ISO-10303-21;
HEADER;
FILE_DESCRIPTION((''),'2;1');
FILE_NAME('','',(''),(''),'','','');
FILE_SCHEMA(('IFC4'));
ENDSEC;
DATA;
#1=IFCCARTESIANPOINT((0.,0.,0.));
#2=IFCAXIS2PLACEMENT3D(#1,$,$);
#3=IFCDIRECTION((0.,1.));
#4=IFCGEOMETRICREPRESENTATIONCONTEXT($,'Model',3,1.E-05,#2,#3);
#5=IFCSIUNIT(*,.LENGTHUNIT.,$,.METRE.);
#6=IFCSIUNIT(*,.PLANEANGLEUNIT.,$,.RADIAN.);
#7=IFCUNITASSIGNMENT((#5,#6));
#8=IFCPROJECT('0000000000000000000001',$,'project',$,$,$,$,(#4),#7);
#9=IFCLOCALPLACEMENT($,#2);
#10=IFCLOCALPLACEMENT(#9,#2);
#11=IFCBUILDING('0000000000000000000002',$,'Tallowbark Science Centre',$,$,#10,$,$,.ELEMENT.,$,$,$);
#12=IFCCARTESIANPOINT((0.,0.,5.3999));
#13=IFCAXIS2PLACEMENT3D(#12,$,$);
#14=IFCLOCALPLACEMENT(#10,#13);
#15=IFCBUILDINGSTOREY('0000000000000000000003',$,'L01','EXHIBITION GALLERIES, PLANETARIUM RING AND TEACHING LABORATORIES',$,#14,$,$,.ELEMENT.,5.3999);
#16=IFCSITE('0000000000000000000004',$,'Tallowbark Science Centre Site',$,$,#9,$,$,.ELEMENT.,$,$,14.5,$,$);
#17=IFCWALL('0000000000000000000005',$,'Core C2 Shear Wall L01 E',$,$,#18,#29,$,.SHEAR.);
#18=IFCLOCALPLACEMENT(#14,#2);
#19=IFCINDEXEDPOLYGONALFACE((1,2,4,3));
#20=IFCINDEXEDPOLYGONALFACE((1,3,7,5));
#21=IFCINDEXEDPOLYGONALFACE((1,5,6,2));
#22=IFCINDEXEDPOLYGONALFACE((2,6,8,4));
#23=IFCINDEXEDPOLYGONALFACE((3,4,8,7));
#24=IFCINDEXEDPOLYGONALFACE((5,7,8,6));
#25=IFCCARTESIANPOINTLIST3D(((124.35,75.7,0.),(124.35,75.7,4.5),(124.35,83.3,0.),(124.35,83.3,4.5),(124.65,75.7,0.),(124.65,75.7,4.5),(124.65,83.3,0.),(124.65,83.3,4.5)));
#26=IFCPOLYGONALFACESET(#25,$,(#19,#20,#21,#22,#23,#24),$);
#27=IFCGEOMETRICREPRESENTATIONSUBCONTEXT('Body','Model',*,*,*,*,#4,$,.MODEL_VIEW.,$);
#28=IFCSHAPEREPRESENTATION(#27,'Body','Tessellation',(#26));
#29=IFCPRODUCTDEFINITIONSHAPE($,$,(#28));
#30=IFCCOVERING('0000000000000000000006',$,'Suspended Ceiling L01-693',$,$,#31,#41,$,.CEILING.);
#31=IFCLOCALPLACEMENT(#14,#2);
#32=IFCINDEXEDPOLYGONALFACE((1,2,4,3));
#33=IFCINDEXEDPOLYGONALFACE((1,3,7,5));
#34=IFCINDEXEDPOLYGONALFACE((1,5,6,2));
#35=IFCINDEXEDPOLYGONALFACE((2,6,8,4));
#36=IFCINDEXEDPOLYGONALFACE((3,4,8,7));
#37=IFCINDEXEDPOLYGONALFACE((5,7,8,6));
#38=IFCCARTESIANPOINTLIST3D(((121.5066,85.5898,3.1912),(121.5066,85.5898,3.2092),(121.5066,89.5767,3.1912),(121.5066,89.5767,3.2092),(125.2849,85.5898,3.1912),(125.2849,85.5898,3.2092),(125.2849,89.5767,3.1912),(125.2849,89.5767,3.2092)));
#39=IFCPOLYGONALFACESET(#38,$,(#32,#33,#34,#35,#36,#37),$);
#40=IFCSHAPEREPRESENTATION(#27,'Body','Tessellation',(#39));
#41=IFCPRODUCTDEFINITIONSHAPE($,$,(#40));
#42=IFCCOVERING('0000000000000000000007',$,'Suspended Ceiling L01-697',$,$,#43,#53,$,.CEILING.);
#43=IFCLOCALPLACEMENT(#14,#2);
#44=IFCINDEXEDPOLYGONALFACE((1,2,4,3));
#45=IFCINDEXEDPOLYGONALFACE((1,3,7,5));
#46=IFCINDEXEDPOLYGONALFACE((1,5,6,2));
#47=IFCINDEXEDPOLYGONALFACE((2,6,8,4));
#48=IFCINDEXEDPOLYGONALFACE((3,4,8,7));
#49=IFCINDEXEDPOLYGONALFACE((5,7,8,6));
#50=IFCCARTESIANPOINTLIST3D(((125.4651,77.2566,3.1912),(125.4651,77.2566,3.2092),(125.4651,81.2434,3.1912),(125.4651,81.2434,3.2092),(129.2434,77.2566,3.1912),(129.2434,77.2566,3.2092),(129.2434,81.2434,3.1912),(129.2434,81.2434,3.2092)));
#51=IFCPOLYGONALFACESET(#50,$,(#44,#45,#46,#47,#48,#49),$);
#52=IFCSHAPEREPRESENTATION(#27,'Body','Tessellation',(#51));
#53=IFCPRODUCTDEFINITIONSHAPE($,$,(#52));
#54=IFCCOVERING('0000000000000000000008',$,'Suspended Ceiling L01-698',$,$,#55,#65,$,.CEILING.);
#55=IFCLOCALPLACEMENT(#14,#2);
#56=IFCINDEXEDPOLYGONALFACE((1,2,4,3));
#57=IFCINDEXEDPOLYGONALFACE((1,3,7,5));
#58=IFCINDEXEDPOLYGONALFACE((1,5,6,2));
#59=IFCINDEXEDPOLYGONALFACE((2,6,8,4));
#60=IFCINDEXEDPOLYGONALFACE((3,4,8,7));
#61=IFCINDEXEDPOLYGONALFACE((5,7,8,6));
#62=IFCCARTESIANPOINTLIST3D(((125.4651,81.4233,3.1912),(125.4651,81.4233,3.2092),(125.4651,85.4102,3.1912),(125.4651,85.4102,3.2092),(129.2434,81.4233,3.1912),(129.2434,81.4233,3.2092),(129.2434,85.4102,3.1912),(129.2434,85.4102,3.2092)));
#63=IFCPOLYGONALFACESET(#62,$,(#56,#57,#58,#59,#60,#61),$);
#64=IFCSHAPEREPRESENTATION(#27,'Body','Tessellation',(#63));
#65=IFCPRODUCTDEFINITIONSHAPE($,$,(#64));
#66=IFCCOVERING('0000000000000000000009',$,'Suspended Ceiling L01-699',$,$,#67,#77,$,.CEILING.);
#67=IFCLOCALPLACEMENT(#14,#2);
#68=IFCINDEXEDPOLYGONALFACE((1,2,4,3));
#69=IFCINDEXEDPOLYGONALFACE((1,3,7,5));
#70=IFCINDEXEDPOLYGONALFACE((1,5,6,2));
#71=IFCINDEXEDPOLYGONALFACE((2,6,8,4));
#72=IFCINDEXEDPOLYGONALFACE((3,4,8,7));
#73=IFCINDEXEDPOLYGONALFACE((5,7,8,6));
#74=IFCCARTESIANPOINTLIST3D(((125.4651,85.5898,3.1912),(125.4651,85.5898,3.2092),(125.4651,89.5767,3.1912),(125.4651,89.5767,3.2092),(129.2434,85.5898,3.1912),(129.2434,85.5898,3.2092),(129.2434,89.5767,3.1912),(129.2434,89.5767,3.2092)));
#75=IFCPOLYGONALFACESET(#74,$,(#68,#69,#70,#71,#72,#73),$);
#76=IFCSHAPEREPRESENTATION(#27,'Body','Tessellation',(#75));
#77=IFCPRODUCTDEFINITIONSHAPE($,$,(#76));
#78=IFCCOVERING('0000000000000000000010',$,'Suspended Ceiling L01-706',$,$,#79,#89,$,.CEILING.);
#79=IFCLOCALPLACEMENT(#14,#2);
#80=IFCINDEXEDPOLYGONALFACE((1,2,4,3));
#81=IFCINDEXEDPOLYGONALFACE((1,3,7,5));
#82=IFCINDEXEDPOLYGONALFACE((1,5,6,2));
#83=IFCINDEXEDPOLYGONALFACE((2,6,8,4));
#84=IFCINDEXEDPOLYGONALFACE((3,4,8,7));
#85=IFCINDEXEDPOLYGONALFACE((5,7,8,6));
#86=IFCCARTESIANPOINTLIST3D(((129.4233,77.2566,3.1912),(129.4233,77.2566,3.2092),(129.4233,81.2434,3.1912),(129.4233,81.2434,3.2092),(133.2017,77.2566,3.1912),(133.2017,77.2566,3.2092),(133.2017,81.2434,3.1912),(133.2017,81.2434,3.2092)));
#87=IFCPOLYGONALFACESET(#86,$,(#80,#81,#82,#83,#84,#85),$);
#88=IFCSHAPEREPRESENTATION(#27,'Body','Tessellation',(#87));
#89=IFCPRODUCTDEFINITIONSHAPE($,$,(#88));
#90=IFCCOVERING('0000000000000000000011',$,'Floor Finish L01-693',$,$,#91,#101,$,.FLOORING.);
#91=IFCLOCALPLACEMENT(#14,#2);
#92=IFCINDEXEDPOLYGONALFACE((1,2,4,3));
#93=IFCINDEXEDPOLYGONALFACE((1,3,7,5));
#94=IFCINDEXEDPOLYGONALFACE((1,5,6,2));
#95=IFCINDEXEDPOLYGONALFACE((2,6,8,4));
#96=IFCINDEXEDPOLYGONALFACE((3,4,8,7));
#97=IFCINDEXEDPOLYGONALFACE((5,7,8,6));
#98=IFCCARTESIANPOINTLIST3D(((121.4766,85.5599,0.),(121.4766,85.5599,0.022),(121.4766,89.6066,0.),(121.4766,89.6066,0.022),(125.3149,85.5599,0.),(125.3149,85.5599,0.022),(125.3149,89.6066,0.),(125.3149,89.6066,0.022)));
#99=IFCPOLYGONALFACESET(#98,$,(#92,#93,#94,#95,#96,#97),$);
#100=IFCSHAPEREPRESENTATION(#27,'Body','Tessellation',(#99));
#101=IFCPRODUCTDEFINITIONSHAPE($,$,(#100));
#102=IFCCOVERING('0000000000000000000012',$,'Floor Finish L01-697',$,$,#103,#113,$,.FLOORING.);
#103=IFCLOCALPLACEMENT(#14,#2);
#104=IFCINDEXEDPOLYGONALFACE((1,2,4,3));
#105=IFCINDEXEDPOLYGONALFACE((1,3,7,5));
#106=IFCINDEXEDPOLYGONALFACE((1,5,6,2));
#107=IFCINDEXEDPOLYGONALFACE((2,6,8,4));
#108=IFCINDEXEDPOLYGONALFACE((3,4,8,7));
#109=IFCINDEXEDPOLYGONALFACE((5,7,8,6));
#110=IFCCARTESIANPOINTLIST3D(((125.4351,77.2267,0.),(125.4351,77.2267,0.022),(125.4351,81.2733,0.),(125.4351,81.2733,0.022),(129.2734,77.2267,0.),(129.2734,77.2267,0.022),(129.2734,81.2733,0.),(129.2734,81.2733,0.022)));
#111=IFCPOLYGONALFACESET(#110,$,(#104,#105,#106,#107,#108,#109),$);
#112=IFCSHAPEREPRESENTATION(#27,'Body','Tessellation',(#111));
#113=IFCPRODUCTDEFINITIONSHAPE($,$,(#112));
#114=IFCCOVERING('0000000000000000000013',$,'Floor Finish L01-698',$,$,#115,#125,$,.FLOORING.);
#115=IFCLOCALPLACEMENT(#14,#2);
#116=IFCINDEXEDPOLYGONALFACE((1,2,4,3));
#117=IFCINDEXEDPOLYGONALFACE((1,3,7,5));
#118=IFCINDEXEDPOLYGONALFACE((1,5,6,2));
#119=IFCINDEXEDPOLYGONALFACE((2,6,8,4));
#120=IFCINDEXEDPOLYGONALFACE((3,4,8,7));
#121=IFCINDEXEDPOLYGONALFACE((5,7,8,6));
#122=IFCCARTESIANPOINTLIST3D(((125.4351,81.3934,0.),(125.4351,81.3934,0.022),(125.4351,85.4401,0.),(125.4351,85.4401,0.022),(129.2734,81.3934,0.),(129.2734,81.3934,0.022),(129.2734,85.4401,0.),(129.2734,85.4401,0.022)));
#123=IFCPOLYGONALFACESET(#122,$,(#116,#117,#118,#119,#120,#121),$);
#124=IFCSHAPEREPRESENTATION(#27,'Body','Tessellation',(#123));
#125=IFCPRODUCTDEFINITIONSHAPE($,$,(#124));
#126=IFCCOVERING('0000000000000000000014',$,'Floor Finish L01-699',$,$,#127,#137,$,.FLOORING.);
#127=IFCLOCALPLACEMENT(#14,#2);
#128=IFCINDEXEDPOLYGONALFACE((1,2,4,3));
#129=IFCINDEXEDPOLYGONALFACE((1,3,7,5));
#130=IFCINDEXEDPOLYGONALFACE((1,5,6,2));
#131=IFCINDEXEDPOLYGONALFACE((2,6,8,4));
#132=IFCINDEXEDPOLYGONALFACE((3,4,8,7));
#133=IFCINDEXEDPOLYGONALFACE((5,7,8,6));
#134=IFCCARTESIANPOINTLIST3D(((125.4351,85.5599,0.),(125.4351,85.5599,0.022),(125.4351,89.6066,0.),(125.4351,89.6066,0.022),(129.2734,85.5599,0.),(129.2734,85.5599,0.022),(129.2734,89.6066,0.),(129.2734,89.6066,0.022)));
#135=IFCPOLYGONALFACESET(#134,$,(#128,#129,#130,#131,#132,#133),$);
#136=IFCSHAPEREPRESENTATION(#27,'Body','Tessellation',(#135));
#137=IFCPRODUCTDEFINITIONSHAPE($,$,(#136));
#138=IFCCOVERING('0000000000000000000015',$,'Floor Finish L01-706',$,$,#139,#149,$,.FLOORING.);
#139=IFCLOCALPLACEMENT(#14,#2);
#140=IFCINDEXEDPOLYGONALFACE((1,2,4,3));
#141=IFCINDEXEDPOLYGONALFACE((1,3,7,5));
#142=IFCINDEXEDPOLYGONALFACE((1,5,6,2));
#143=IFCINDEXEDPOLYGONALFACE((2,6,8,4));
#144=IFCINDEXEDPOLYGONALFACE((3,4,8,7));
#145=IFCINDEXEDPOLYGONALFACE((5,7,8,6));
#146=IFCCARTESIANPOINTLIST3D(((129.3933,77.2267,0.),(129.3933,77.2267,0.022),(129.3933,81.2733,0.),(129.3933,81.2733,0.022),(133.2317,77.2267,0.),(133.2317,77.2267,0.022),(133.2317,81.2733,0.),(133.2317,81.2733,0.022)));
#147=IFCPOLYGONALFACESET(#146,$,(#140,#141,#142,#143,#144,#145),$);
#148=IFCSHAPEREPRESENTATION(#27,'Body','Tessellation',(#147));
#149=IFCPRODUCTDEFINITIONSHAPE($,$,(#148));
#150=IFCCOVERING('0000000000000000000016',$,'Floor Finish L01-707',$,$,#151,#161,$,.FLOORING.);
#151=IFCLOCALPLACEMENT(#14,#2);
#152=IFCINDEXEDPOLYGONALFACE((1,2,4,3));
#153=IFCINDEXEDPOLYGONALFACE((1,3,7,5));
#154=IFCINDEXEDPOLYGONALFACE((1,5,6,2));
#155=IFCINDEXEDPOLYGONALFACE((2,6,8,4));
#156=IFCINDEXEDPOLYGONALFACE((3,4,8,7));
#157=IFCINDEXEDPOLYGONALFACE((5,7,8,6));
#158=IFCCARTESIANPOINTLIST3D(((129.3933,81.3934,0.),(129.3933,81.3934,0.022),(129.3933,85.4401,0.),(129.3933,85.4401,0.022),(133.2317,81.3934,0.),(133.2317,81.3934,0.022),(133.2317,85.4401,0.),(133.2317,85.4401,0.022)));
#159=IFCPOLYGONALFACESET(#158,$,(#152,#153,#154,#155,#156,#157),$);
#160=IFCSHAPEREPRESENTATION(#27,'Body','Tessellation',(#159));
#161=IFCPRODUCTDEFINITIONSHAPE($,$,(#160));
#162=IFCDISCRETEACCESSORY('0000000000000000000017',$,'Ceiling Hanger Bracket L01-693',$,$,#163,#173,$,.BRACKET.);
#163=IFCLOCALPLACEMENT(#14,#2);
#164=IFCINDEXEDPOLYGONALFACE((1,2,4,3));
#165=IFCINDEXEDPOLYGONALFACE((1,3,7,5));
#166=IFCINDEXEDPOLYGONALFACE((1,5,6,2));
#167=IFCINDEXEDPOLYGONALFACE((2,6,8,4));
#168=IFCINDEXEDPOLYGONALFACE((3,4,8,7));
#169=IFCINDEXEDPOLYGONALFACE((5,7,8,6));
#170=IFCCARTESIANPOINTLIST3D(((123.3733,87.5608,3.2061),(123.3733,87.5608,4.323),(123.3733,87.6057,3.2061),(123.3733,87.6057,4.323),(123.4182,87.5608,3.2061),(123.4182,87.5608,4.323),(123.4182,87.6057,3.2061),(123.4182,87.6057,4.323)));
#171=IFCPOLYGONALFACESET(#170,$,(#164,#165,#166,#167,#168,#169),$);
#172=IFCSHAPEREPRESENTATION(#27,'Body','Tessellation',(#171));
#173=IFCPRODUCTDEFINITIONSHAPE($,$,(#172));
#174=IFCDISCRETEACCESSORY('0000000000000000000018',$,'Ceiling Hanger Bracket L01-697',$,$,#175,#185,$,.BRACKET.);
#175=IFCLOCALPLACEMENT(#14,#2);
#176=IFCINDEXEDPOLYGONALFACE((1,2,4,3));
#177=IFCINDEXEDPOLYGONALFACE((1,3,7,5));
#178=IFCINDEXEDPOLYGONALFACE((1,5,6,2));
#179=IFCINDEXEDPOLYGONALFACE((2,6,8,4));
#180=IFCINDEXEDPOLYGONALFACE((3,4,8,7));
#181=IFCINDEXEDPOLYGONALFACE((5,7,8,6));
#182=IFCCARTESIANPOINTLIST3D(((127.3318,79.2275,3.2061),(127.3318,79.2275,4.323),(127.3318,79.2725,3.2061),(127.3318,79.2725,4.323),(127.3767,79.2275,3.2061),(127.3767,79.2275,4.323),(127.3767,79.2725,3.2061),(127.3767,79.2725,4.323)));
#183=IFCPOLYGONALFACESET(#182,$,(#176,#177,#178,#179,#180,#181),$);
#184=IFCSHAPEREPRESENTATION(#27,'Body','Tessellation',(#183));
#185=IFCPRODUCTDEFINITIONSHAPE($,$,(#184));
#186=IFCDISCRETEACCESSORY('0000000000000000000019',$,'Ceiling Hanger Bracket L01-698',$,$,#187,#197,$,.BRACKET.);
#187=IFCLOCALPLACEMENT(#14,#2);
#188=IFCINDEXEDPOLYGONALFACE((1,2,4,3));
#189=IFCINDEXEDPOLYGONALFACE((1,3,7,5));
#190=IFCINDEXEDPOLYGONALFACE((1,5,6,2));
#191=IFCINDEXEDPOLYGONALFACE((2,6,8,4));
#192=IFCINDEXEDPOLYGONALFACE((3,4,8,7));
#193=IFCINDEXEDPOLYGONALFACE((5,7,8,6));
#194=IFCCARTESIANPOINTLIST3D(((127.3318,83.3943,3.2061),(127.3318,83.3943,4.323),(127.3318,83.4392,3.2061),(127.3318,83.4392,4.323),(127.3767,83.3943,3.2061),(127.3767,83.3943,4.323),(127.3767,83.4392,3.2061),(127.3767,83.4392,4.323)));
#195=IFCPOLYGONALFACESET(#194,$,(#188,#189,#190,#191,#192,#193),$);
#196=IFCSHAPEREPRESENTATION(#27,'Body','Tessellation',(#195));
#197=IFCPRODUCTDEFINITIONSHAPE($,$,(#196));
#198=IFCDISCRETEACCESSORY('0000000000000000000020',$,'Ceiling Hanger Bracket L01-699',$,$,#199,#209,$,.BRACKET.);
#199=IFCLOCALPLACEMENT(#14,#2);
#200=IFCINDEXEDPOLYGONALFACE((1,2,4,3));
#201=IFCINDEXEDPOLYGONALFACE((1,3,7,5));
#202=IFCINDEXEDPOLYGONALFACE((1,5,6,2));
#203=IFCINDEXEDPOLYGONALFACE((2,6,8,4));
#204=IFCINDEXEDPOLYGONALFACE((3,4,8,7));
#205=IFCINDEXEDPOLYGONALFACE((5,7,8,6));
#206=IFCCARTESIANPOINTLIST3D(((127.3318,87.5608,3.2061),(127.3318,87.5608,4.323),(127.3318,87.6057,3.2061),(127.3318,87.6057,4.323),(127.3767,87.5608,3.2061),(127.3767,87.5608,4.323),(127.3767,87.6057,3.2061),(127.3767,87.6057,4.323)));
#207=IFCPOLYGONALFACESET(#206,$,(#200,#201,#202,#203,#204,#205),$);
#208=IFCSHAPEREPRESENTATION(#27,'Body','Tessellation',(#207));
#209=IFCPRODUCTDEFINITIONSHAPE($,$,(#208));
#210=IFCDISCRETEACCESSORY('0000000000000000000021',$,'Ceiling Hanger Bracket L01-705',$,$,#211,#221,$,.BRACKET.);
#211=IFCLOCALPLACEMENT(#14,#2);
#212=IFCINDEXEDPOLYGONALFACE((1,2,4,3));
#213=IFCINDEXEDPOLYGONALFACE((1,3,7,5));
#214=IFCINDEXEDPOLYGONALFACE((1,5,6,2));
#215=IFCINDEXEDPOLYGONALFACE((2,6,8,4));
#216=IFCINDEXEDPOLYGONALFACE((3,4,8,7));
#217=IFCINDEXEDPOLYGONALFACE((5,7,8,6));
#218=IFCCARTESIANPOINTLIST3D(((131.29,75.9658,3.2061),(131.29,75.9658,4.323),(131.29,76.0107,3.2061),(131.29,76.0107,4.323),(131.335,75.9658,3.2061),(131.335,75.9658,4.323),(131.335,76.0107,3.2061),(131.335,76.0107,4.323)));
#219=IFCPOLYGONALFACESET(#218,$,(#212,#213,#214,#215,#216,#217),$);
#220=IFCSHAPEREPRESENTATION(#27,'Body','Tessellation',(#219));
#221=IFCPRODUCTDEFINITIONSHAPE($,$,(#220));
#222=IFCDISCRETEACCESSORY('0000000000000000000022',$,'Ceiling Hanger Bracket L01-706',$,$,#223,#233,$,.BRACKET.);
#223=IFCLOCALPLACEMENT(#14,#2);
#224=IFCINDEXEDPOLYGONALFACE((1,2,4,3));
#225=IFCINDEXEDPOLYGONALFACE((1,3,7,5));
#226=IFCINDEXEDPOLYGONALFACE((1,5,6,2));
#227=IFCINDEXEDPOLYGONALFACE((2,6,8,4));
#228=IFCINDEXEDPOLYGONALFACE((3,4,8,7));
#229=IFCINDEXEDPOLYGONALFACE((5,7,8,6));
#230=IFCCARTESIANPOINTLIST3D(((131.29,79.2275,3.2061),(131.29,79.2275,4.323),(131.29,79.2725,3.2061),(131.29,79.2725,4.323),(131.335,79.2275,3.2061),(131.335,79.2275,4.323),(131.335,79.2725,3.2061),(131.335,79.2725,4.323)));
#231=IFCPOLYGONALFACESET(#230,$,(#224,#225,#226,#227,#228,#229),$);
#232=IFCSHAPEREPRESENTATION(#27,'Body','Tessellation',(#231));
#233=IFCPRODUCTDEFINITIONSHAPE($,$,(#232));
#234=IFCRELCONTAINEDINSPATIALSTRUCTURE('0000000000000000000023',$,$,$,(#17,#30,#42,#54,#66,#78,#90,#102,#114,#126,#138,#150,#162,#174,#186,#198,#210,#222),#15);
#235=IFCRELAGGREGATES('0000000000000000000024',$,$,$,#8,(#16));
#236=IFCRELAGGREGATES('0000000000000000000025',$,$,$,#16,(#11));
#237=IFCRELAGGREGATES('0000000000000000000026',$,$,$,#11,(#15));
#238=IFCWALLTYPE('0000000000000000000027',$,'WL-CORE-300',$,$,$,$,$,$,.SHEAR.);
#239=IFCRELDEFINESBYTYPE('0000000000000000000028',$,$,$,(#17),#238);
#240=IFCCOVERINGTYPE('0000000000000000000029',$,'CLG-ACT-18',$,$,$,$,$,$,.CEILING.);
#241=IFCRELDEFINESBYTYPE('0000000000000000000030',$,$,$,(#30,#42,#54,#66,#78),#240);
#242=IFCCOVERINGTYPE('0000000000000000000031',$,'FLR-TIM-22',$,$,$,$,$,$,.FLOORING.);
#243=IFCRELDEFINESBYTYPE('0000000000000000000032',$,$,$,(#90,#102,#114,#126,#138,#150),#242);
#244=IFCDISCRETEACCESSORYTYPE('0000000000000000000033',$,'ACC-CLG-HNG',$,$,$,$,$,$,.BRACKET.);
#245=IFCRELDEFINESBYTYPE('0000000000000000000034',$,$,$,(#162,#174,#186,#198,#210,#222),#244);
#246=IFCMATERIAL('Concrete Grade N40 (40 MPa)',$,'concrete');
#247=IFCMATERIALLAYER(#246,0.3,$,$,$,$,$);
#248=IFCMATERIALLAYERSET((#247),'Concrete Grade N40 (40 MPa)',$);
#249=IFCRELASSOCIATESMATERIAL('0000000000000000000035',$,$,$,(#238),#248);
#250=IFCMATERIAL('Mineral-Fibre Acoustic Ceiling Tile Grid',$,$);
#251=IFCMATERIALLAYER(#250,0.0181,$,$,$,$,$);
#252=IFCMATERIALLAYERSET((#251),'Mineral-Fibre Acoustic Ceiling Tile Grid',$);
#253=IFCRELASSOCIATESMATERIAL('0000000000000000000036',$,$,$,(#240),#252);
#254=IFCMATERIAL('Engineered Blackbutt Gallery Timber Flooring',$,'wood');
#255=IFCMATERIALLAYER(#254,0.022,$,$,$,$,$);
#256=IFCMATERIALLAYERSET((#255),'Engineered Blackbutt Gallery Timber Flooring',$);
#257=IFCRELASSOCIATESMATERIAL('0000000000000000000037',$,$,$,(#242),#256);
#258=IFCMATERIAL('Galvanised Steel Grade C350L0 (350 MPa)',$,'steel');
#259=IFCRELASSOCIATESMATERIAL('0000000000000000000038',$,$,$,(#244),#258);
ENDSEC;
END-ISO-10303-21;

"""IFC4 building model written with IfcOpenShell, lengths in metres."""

from ifc_helpers import new_model, si_unit, direction, frame, frame_2d, origin, origin_2d, place, context, subcontext, project, spatial, rectangle, extrude, material, layer, layer_set, type_object, element, save


model = new_model("IFC4")

# Units and contexts
model_context = context("Model", 3, precision=1e-05, world=origin(), true_north=direction((0.0, 1.0)))
body_context = subcontext(model_context, "Body", "Model", "MODEL_VIEW")
ifc_project = project(units=[si_unit("LENGTHUNIT", "METRE"), si_unit("PLANEANGLEUNIT", "RADIAN")], contexts=[model_context])

# Site, building, storey
site_placement = place(None, origin())
site = spatial("IfcSite", under=ifc_project, at=site_placement, Name="Tallowbark Science Centre Site", CompositionType="ELEMENT", RefElevation=14.5)
building_placement = place(site_placement, origin())
building = spatial("IfcBuilding", under=site, at=building_placement, Name="Tallowbark Science Centre", CompositionType="ELEMENT")
storey_placement = place(building_placement, frame((0.0, 0.0, 5.3999)))
storey = spatial("IfcBuildingStorey", under=building, at=storey_placement, Name="L01", Description="EXHIBITION GALLERIES, PLANETARIUM RING AND TEACHING LABORATORIES", CompositionType="ELEMENT", Elevation=5.3999)

# Wall
ifc_material_1 = material(Name="Concrete Grade N40 (40 MPa)", Category="concrete")
ifc_layer_1 = layer(ifc_material_1, 0.3)
ifc_layer_set_1 = layer_set([ifc_layer_1], Name="Concrete Grade N40 (40 MPa)")
wall_type_1 = type_object("IfcWallType", Name="WL-CORE-300", PredefinedType="SHEAR", material=ifc_layer_set_1)
wall_1_placement = place(storey_placement, frame((124.5, 75.7, 0.0), z_axis=(0.0, 0.0, 1.0), x_axis=(0.0, 1.0, 0.0)))
element("IfcWall", 1, at=wall_1_placement, inside=storey, type_object=wall_type_1, Name="Core C2 Shear Wall L01 E", PredefinedType="SHEAR", context=body_context, shape_type="SweptSolid", body=[
    extrude(rectangle(XDim=7.6001, YDim=0.3, at=frame_2d((3.8, 0.0))), origin(), (0.0, 0.0, 1.0), 4.5),
])

# Coverings
ifc_material_2 = material(Name="Mineral-Fibre Acoustic Ceiling Tile Grid")
ifc_layer_2 = layer(ifc_material_2, 0.0181)
ifc_layer_set_2 = layer_set([ifc_layer_2], Name="Mineral-Fibre Acoustic Ceiling Tile Grid")
covering_type_1 = type_object("IfcCoveringType", Name="CLG-ACT-18", PredefinedType="CEILING", material=ifc_layer_set_2)
for number, where, z_axis, x_axis, name in (
    (2, (123.3958, 87.5833, 3.1912), (0.0, 0.0, 1.0), (1.0, 0.0, 0.0), "Suspended Ceiling L01-693"),
    (3, (127.3542, 79.25, 3.1912), (0.0, 0.0, 1.0), (1.0, 0.0, 0.0), "Suspended Ceiling L01-697"),
    (4, (127.3542, 83.4167, 3.1912), (0.0, 0.0, 1.0), (1.0, 0.0, 0.0), "Suspended Ceiling L01-698"),
    (5, (127.3542, 87.5833, 3.1912), (0.0, 0.0, 1.0), (1.0, 0.0, 0.0), "Suspended Ceiling L01-699"),
    (6, (131.3125, 79.25, 3.1912), (0.0, 0.0, 1.0), (1.0, 0.0, 0.0), "Suspended Ceiling L01-706"),
):
    element("IfcCovering", number, at=place(storey_placement, frame(where, z_axis=z_axis, x_axis=x_axis)), inside=storey, type_object=covering_type_1, Name=name, PredefinedType="CEILING", context=body_context, shape_type="SweptSolid", body=[
        extrude(rectangle(XDim=3.7783, YDim=3.9868, at=origin_2d()), origin(), (0.0, 0.0, 1.0), 0.0181),
    ])
ifc_material_3 = material(Name="Engineered Blackbutt Gallery Timber Flooring", Category="wood")
ifc_layer_3 = layer(ifc_material_3, 0.022)
ifc_layer_set_3 = layer_set([ifc_layer_3], Name="Engineered Blackbutt Gallery Timber Flooring")
covering_type_2 = type_object("IfcCoveringType", Name="FLR-TIM-22", PredefinedType="FLOORING", material=ifc_layer_set_3)
for number, where, z_axis, x_axis, name in (
    (7, (123.3958, 87.5833, 0.0), (0.0, 0.0, 1.0), (1.0, 0.0, 0.0), "Floor Finish L01-693"),
    (8, (127.3542, 79.25, 0.0), (0.0, 0.0, 1.0), (1.0, 0.0, 0.0), "Floor Finish L01-697"),
    (9, (127.3542, 83.4167, 0.0), (0.0, 0.0, 1.0), (1.0, 0.0, 0.0), "Floor Finish L01-698"),
    (10, (127.3542, 87.5833, 0.0), (0.0, 0.0, 1.0), (1.0, 0.0, 0.0), "Floor Finish L01-699"),
    (11, (131.3125, 79.25, 0.0), (0.0, 0.0, 1.0), (1.0, 0.0, 0.0), "Floor Finish L01-706"),
    (12, (131.3125, 83.4167, 0.0), (0.0, 0.0, 1.0), (1.0, 0.0, 0.0), "Floor Finish L01-707"),
):
    element("IfcCovering", number, at=place(storey_placement, frame(where, z_axis=z_axis, x_axis=x_axis)), inside=storey, type_object=covering_type_2, Name=name, PredefinedType="FLOORING", context=body_context, shape_type="SweptSolid", body=[
        extrude(rectangle(XDim=3.8384, YDim=4.0466, at=origin_2d()), origin(), (0.0, 0.0, 1.0), 0.022),
    ])

# Discrete accessories
ifc_material_4 = material(Name="Galvanised Steel Grade C350L0 (350 MPa)", Category="steel")
discrete_accessory_type = type_object("IfcDiscreteAccessoryType", Name="ACC-CLG-HNG", PredefinedType="BRACKET", material=ifc_material_4)
for number, where, z_axis, x_axis, name in (
    (13, (123.3958, 87.5833, 3.2061), (0.0, 0.0, 1.0), (1.0, 0.0, 0.0), "Ceiling Hanger Bracket L01-693"),
    (14, (127.3542, 79.25, 3.2061), (0.0, 0.0, 1.0), (1.0, 0.0, 0.0), "Ceiling Hanger Bracket L01-697"),
    (15, (127.3542, 83.4167, 3.2061), (0.0, 0.0, 1.0), (1.0, 0.0, 0.0), "Ceiling Hanger Bracket L01-698"),
    (16, (127.3542, 87.5833, 3.2061), (0.0, 0.0, 1.0), (1.0, 0.0, 0.0), "Ceiling Hanger Bracket L01-699"),
    (17, (131.3125, 75.9883, 3.2061), (0.0, 0.0, 1.0), (1.0, 0.0, 0.0), "Ceiling Hanger Bracket L01-705"),
    (18, (131.3125, 79.25, 3.2061), (0.0, 0.0, 1.0), (1.0, 0.0, 0.0), "Ceiling Hanger Bracket L01-706"),
):
    element("IfcDiscreteAccessory", number, at=place(storey_placement, frame(where, z_axis=z_axis, x_axis=x_axis)), inside=storey, type_object=discrete_accessory_type, Name=name, PredefinedType="BRACKET", context=body_context, shape_type="SweptSolid", body=[
        extrude(rectangle(XDim=0.0449, YDim=0.0449, at=origin_2d()), origin(), (0.0, 0.0, 1.0), 1.1169),
    ])

save(model, "model.ifc")
